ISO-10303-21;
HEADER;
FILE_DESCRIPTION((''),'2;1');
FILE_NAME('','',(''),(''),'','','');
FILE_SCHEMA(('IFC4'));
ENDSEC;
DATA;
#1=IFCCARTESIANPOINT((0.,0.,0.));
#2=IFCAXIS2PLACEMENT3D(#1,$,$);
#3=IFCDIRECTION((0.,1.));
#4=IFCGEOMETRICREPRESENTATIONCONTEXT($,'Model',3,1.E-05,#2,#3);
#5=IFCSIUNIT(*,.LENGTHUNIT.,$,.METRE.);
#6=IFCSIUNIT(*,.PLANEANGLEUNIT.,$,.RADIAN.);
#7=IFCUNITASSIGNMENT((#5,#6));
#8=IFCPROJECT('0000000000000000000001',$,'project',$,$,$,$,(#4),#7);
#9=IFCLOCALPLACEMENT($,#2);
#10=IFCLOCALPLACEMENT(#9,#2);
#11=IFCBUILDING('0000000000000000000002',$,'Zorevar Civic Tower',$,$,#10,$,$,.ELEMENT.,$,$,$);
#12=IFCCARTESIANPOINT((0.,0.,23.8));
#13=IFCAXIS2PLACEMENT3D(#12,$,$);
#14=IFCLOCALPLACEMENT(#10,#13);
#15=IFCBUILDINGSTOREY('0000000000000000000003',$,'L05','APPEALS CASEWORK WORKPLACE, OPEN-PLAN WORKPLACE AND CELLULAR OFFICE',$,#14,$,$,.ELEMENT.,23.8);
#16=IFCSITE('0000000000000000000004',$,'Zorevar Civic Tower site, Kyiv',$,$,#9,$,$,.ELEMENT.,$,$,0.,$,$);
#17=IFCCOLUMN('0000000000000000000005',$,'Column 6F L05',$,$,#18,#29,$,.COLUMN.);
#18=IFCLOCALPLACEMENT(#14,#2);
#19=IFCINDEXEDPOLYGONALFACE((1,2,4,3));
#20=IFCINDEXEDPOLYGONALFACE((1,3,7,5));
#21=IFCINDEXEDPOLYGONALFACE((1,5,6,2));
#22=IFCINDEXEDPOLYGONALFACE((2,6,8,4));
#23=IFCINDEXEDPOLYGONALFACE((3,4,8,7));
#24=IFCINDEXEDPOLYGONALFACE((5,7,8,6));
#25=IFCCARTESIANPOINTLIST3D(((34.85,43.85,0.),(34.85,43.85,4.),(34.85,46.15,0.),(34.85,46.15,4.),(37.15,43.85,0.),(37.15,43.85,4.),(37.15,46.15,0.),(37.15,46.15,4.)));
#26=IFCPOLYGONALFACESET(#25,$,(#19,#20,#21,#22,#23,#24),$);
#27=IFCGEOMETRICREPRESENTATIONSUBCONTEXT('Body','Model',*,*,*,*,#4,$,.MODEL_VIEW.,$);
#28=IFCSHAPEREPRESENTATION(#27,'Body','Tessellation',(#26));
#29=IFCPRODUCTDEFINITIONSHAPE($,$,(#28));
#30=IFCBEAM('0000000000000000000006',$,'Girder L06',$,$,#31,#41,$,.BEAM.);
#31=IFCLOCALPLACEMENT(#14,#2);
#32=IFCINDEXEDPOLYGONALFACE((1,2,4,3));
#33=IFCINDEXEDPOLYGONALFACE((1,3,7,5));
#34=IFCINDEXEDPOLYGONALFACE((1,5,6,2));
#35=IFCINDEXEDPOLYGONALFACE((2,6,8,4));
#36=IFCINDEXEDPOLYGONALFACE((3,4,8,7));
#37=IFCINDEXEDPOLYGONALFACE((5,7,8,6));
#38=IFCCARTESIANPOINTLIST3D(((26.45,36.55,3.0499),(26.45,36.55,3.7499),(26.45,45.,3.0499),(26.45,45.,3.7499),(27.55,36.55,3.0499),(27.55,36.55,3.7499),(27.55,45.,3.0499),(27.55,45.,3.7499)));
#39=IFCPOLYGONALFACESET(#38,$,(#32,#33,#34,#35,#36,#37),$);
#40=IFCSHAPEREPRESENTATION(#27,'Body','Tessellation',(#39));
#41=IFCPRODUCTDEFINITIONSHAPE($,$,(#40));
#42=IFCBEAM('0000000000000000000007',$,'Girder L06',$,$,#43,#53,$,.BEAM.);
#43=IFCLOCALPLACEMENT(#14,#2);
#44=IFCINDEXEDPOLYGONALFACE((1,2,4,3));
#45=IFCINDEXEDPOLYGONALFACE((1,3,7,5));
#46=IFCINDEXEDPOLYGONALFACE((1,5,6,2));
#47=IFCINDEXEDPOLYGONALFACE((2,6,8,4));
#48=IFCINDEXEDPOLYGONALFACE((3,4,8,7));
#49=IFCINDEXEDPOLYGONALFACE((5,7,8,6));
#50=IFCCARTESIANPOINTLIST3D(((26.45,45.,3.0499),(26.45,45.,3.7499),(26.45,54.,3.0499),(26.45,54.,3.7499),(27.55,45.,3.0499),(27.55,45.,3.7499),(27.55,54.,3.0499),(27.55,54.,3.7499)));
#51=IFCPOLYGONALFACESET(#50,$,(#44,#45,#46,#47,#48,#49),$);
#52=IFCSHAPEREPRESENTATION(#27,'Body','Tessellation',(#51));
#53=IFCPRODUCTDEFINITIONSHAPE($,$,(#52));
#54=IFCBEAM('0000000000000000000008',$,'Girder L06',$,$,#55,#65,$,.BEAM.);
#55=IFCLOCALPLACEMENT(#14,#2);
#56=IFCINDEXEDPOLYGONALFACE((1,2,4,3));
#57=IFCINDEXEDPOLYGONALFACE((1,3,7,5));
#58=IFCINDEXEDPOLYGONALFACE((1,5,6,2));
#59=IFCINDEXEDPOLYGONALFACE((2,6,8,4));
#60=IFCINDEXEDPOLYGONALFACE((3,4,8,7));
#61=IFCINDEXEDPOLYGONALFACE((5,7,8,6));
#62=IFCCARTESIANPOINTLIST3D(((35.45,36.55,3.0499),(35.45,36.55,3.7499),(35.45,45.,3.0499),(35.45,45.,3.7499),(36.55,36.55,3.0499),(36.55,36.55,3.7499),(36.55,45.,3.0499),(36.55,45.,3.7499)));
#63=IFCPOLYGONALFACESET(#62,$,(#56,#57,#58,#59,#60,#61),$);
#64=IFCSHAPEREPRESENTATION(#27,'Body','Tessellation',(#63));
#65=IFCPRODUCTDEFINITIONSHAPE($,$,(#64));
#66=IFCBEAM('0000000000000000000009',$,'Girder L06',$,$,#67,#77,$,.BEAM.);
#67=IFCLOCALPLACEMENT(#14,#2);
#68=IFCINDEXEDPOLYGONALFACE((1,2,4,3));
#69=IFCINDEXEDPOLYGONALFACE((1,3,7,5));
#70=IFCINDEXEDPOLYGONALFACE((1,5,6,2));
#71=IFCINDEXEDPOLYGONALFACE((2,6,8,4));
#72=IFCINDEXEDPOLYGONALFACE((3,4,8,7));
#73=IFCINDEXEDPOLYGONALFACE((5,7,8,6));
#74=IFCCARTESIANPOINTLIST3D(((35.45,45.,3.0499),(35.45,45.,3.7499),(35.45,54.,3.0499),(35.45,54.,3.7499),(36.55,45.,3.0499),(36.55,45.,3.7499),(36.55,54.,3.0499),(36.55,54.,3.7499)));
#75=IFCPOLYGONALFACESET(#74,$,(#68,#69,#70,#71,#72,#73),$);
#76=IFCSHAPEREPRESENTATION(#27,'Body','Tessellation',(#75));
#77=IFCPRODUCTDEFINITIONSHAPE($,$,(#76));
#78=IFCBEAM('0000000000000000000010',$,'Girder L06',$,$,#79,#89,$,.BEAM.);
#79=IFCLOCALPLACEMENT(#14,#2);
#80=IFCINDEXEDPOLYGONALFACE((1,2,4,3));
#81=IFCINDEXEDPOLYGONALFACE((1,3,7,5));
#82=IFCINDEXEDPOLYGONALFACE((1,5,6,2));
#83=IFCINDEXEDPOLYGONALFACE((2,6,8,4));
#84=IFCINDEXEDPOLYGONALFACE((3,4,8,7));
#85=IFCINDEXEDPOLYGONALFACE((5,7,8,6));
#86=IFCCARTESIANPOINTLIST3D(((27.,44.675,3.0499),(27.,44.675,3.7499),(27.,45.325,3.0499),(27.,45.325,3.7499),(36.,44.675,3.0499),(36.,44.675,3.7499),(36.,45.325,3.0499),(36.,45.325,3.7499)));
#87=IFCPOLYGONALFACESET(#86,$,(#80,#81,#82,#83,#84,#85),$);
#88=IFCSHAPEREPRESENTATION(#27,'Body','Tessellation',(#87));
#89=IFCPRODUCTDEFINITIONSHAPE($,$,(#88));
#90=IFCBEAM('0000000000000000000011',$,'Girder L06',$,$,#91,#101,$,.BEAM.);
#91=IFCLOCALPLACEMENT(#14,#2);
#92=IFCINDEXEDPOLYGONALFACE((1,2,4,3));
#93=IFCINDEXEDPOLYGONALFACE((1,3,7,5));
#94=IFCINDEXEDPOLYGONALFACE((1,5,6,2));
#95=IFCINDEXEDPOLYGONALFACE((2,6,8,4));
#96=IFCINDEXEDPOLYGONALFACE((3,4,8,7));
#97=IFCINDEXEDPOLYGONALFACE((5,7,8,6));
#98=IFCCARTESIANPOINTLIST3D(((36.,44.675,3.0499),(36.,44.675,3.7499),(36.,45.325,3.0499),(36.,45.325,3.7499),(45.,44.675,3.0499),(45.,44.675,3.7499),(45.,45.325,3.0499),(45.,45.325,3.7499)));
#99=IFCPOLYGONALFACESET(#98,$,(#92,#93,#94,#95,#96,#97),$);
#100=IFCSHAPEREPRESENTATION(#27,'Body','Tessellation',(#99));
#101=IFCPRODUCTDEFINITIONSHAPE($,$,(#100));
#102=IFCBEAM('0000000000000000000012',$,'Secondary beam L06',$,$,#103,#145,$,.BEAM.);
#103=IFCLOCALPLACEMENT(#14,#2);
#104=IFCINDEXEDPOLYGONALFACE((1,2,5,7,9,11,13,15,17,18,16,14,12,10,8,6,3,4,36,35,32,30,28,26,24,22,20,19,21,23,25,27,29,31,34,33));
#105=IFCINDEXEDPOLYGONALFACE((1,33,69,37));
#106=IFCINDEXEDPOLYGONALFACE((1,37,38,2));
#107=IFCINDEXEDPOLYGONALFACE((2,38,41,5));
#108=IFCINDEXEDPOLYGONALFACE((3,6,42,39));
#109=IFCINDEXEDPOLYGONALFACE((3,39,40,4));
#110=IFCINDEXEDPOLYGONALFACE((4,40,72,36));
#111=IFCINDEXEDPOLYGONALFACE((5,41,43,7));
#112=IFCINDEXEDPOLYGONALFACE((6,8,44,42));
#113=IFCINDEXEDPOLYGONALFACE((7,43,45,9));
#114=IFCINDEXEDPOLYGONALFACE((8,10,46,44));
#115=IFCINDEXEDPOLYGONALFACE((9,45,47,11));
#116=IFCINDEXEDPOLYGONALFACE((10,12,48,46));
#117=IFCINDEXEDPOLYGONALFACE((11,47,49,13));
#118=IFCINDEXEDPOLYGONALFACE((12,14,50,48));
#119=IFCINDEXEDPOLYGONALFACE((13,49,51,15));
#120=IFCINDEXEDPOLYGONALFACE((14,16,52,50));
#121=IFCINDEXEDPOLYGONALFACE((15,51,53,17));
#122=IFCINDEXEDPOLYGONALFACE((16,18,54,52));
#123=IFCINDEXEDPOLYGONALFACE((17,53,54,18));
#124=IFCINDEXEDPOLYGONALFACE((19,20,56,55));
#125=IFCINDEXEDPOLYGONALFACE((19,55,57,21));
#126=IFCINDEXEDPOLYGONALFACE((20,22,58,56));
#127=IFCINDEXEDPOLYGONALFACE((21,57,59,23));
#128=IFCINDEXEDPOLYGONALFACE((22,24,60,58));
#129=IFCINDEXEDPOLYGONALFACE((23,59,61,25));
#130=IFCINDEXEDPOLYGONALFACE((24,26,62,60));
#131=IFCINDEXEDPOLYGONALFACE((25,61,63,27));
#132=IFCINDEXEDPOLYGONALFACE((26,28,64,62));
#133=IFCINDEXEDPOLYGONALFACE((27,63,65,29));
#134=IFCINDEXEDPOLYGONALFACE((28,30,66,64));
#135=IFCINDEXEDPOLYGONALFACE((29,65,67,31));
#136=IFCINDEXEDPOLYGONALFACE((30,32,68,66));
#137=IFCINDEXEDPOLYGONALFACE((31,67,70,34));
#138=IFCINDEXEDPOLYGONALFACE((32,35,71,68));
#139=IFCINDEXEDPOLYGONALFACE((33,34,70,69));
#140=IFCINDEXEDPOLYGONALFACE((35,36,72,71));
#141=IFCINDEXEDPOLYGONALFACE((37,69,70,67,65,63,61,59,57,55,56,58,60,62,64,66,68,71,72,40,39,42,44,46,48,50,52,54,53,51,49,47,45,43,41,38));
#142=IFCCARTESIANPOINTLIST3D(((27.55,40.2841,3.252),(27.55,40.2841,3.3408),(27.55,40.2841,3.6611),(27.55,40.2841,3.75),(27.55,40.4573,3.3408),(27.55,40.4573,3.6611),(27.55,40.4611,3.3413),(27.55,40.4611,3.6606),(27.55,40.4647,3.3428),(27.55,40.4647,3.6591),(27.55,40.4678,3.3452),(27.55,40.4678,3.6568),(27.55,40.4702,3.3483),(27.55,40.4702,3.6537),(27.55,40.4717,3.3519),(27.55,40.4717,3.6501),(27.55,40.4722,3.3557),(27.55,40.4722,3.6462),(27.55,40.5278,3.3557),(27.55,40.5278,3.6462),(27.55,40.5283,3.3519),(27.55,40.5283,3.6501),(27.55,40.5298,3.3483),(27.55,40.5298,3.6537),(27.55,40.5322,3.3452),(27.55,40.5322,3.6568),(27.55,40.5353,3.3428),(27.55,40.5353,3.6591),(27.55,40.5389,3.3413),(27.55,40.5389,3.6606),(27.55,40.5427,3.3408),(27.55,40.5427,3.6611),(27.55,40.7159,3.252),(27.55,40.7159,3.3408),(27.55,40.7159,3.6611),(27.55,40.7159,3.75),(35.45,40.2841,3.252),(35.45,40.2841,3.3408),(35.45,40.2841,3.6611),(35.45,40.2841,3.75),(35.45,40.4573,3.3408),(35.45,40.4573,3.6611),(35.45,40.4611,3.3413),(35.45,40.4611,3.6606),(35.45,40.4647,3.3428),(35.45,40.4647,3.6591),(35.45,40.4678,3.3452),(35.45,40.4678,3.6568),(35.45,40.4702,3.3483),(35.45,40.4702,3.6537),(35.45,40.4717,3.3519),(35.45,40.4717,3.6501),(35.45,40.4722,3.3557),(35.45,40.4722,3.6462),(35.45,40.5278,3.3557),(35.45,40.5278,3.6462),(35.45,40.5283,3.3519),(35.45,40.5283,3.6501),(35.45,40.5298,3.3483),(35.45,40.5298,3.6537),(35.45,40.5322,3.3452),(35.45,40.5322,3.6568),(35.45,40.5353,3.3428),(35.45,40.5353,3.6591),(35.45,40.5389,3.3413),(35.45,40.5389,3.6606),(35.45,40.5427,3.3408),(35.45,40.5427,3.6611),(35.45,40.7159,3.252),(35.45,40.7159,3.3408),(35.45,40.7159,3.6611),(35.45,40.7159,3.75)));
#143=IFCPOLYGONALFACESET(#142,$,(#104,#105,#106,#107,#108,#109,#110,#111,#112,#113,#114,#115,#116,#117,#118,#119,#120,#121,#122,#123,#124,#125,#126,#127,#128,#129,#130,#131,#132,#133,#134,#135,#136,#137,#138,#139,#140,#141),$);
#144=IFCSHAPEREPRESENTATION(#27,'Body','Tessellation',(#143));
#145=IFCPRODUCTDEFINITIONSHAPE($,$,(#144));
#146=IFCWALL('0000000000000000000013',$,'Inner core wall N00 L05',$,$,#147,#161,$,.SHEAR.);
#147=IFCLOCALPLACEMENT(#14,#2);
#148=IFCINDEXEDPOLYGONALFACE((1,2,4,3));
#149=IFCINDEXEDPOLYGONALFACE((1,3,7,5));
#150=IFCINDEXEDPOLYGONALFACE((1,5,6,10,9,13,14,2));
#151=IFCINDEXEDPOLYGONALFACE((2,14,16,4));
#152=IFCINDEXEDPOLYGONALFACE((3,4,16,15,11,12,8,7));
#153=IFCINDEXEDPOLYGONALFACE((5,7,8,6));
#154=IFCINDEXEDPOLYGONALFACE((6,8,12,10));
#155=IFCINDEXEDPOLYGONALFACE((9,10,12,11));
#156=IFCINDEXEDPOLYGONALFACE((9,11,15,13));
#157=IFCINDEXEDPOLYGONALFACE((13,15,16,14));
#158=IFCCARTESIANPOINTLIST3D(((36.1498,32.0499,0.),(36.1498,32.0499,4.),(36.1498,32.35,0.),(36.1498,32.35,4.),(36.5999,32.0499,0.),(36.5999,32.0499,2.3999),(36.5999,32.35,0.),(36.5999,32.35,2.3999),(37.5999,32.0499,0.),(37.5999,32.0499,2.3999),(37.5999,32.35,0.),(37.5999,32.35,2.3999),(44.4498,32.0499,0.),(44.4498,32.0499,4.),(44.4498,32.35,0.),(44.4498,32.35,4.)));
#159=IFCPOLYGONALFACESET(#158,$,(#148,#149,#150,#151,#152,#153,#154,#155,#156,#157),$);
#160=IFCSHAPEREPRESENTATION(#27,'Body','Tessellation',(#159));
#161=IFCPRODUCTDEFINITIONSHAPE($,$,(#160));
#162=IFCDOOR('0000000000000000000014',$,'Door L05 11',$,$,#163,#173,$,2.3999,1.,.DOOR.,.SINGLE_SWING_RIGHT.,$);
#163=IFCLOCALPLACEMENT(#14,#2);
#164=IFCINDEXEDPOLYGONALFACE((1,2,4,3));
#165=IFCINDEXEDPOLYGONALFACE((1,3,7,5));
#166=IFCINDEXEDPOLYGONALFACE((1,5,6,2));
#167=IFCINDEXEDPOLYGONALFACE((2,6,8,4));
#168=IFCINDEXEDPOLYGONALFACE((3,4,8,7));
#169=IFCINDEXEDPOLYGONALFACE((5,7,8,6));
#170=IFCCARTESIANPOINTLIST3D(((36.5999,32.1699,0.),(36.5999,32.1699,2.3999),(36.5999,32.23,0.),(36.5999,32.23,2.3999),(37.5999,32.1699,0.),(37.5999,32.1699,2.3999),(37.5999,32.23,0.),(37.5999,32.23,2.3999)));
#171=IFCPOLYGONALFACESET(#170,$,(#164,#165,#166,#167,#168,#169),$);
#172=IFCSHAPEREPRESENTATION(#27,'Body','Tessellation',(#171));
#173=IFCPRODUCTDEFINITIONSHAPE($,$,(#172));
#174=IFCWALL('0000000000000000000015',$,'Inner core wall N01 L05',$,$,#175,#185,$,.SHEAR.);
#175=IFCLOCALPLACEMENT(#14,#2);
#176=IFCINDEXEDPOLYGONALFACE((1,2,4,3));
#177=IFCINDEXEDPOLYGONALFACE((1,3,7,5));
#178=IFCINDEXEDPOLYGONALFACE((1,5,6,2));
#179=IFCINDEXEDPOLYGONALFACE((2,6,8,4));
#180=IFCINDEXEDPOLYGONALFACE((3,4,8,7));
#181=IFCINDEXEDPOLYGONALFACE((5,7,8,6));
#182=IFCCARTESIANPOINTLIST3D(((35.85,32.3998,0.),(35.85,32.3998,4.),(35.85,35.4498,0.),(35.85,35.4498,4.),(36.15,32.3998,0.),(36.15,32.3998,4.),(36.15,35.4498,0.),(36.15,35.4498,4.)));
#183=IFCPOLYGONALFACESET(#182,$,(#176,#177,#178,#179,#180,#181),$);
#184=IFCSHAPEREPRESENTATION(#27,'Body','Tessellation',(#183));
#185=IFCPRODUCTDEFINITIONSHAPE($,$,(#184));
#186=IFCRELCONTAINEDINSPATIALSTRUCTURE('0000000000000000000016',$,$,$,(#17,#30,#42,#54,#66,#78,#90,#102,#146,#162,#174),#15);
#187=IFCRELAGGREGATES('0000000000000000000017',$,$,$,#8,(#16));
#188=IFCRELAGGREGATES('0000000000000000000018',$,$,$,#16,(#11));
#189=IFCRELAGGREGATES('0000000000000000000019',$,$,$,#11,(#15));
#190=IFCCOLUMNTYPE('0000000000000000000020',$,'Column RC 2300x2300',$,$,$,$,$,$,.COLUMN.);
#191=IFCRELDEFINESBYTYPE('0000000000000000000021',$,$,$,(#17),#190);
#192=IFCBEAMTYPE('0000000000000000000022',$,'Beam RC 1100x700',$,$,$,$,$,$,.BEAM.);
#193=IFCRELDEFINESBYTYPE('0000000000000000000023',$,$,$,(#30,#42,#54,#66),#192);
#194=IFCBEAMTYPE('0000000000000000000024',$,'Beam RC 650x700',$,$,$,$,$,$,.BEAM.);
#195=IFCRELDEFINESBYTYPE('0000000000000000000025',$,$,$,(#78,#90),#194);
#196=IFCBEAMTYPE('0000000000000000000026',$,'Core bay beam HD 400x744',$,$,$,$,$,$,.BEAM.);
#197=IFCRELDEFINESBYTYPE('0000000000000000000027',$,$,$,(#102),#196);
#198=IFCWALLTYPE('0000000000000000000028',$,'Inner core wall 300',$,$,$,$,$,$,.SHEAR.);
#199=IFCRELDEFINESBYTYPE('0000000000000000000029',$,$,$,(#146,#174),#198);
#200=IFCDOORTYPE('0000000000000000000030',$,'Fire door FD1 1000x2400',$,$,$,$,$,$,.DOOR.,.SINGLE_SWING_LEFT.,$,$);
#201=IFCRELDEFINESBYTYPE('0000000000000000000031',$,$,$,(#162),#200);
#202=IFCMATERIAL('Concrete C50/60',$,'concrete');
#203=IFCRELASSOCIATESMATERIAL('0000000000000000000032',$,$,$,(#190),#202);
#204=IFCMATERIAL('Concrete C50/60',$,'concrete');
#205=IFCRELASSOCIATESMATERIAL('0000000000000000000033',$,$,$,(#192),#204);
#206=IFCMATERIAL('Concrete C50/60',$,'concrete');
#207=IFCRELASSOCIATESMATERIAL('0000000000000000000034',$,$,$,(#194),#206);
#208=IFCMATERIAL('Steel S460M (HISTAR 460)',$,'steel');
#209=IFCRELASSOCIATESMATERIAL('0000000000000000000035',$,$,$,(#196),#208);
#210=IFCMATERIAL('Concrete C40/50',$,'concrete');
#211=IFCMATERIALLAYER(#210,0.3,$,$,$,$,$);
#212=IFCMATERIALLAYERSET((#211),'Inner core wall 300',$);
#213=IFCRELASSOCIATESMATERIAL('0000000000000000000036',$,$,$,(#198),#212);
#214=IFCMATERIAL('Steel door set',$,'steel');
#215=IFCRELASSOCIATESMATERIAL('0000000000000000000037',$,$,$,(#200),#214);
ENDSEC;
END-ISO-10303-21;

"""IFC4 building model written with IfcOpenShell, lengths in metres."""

from ifc_helpers import new_model, si_unit, direction, frame, frame_2d, origin, origin_2d, place, context, subcontext, project, spatial, rectangle, i_section, extrude, material, layer, layer_set, material_profile, profile_set, type_object, element, fill, save


model = new_model("IFC4")

# Units and contexts
model_context = context("Model", 3, precision=1e-05, world=origin(), true_north=direction((0.0, 1.0)))
body_context = subcontext(model_context, "Body", "Model", "MODEL_VIEW")
ifc_project = project(units=[si_unit("LENGTHUNIT", "METRE"), si_unit("PLANEANGLEUNIT", "RADIAN")], contexts=[model_context])

# Site, building, storey
site_placement = place(None, origin())
site = spatial("IfcSite", under=ifc_project, at=site_placement, Name="Zorevar Civic Tower site, Kyiv", CompositionType="ELEMENT", RefElevation=0.0)
building_placement = place(site_placement, origin())
building = spatial("IfcBuilding", under=site, at=building_placement, Name="Zorevar Civic Tower", CompositionType="ELEMENT")
storey_placement = place(building_placement, frame((0.0, 0.0, 23.8)))
storey = spatial("IfcBuildingStorey", under=building, at=storey_placement, Name="L05", Description="APPEALS CASEWORK WORKPLACE, OPEN-PLAN WORKPLACE AND CELLULAR OFFICE", CompositionType="ELEMENT", Elevation=23.8)

# Column
ifc_material_1 = material(Name="Concrete C50/60", Category="concrete")
ifc_material_profile_1 = material_profile(ifc_material_1, rectangle(XDim=2.3, YDim=2.3, at=origin_2d()), Name="RC 2300x2300")
ifc_profile_set_1 = profile_set([ifc_material_profile_1], Name="Concrete C50/60")
column_type = type_object("IfcColumnType", Name="Column RC 2300x2300", PredefinedType="COLUMN", material=ifc_profile_set_1)
column_placement = place(storey_placement, frame((36.0, 45.0, 0.0), z_axis=(0.0, 0.0, 1.0), x_axis=(1.0, 0.0, 0.0)))
element("IfcColumn", 1, at=column_placement, inside=storey, type_object=column_type, Name="Column 6F L05", PredefinedType="COLUMN", context=body_context, shape_type="SweptSolid", body=[
    extrude(rectangle(XDim=2.3, YDim=2.3, at=origin_2d()), origin(), (0.0, 0.0, 1.0), 4.0),
])

# Beams
ifc_material_2 = material(Name="Concrete C50/60", Category="concrete")
ifc_material_profile_2 = material_profile(ifc_material_2, rectangle(XDim=1.1001, YDim=0.7, at=origin_2d()), Name="RC 1100x700")
ifc_profile_set_2 = profile_set([ifc_material_profile_2], Name="Concrete C50/60")
beam_type_1 = type_object("IfcBeamType", Name="Beam RC 1100x700", PredefinedType="BEAM", material=ifc_profile_set_2)
beam_1_placement = place(storey_placement, frame((27.0, 36.55, 3.3999), z_axis=(0.0, 1.0, 0.0), x_axis=(-1.0, 0.0, 0.0)))
element("IfcBeam", 2, at=beam_1_placement, inside=storey, type_object=beam_type_1, Name="Girder L06", PredefinedType="BEAM", context=body_context, shape_type="SweptSolid", body=[
    extrude(rectangle(XDim=1.1001, YDim=0.7, at=origin_2d()), origin(), (0.0, 0.0, 1.0), 8.45),
])
beam_2_placement = place(storey_placement, frame((27.0, 45.0, 3.3999), z_axis=(0.0, 1.0, 0.0), x_axis=(-1.0, 0.0, 0.0)))
element("IfcBeam", 3, at=beam_2_placement, inside=storey, type_object=beam_type_1, Name="Girder L06", PredefinedType="BEAM", context=body_context, shape_type="SweptSolid", body=[
    extrude(rectangle(XDim=1.1001, YDim=0.7, at=origin_2d()), origin(), (0.0, 0.0, 1.0), 9.0),
])
beam_3_placement = place(storey_placement, frame((36.0, 36.55, 3.3999), z_axis=(0.0, 1.0, 0.0), x_axis=(-1.0, 0.0, 0.0)))
element("IfcBeam", 4, at=beam_3_placement, inside=storey, type_object=beam_type_1, Name="Girder L06", PredefinedType="BEAM", context=body_context, shape_type="SweptSolid", body=[
    extrude(rectangle(XDim=1.1001, YDim=0.7, at=origin_2d()), origin(), (0.0, 0.0, 1.0), 8.45),
])
beam_4_placement = place(storey_placement, frame((36.0, 45.0, 3.3999), z_axis=(0.0, 1.0, 0.0), x_axis=(-1.0, 0.0, 0.0)))
element("IfcBeam", 5, at=beam_4_placement, inside=storey, type_object=beam_type_1, Name="Girder L06", PredefinedType="BEAM", context=body_context, shape_type="SweptSolid", body=[
    extrude(rectangle(XDim=1.1001, YDim=0.7, at=origin_2d()), origin(), (0.0, 0.0, 1.0), 9.0),
])
ifc_material_3 = material(Name="Concrete C50/60", Category="concrete")
ifc_material_profile_3 = material_profile(ifc_material_3, rectangle(XDim=0.6499, YDim=0.7, at=origin_2d()), Name="RC 650x700")
ifc_profile_set_3 = profile_set([ifc_material_profile_3], Name="Concrete C50/60")
beam_type_2 = type_object("IfcBeamType", Name="Beam RC 650x700", PredefinedType="BEAM", material=ifc_profile_set_3)
for number, where, z_axis, x_axis, name in (
    (6, (27.0, 45.0, 3.3999), (1.0, 0.0, 0.0), (0.0, 1.0, 0.0), "Girder L06"),
    (7, (36.0, 45.0, 3.3999), (1.0, 0.0, 0.0), (0.0, 1.0, 0.0), "Girder L06"),
):
    element("IfcBeam", number, at=place(storey_placement, frame(where, z_axis=z_axis, x_axis=x_axis)), inside=storey, type_object=beam_type_2, Name=name, PredefinedType="BEAM", context=body_context, shape_type="SweptSolid", body=[
        extrude(rectangle(XDim=0.6499, YDim=0.7, at=origin_2d()), origin(), (0.0, 0.0, 1.0), 9.0),
    ])
ifc_material_4 = material(Name="Steel S460M (HISTAR 460)", Category="steel")
ifc_material_profile_4 = material_profile(ifc_material_4, i_section(OverallWidth=0.4319, OverallDepth=0.498, WebThickness=0.0557, FlangeThickness=0.0889, FilletRadius=0.0149, at=origin_2d()), Name="HD 400x744")
ifc_profile_set_4 = profile_set([ifc_material_profile_4], Name="Steel S460M (HISTAR 460)")
beam_type_3 = type_object("IfcBeamType", Name="Core bay beam HD 400x744", PredefinedType="BEAM", material=ifc_profile_set_4)
beam_5_placement = place(storey_placement, frame((27.55, 40.5, 3.501), z_axis=(1.0, 0.0, 0.0), x_axis=(0.0, 1.0, 0.0)))
element("IfcBeam", 8, at=beam_5_placement, inside=storey, type_object=beam_type_3, Name="Secondary beam L06", PredefinedType="BEAM", context=body_context, shape_type="SweptSolid", body=[
    extrude(i_section(OverallWidth=0.4319, OverallDepth=0.498, WebThickness=0.0557, FlangeThickness=0.0889, FilletRadius=0.0149, at=origin_2d()), origin(), (0.0, 0.0, 1.0), 7.8999),
])

# Wall, opening, door
ifc_material_5 = material(Name="Concrete C40/50", Category="concrete")
ifc_layer_1 = layer(ifc_material_5, 0.3)
ifc_layer_set_1 = layer_set([ifc_layer_1], Name="Inner core wall 300")
wall_type_1 = type_object("IfcWallType", Name="Inner core wall 300", PredefinedType="SHEAR", material=ifc_layer_set_1)
wall_1_placement = place(storey_placement, frame((36.1499, 32.2, 0.0), z_axis=(0.0, 0.0, 1.0), x_axis=(1.0, 0.0, 0.0)))
wall_1 = element("IfcWall", 9, at=wall_1_placement, inside=storey, type_object=wall_type_1, Name="Inner core wall N00 L05", PredefinedType="SHEAR", context=body_context, shape_type="SweptSolid", body=[
    extrude(rectangle(XDim=8.3, YDim=0.3, at=frame_2d((4.1499, 0.0))), origin(), (0.0, 0.0, 1.0), 4.0),
])
opening_placement = place(wall_1_placement, frame((0.45, 0.0, 0.0)))
opening = element("IfcOpeningElement", 10, at=opening_placement, cuts=wall_1, PredefinedType="OPENING", context=body_context, shape_type="SweptSolid", body=[
    extrude(rectangle(XDim=1.0, YDim=2.3999, at=frame_2d((0.5, 1.2))), frame((0.0, 0.1599, 0.0), z_axis=(0.0, -1.0, 0.0), x_axis=(1.0, 0.0, 0.0)), (0.0, 0.0, 1.0), 0.3201),
])
ifc_material_6 = material(Name="Steel door set", Category="steel")
door_type = type_object("IfcDoorType", Name="Fire door FD1 1000x2400", OperationType="SINGLE_SWING_LEFT", PredefinedType="DOOR", material=ifc_material_6)
door_placement = place(opening_placement, origin())
door = element("IfcDoor", 11, at=door_placement, inside=storey, type_object=door_type, Name="Door L05 11", OperationType="SINGLE_SWING_RIGHT", OverallHeight=2.3999, OverallWidth=1.0, PredefinedType="DOOR", context=body_context, shape_type="SweptSolid", body=[
    extrude(rectangle(XDim=1.0, YDim=2.3999, at=frame_2d((0.5, 1.2))), frame((0.0, 0.03, 0.0), z_axis=(0.0, -1.0, 0.0), x_axis=(1.0, 0.0, 0.0)), (0.0, 0.0, 1.0), 0.0601),
])
fill(opening, door)

# Wall
wall_2_placement = place(storey_placement, frame((36.0, 32.3999, 0.0), z_axis=(0.0, 0.0, 1.0), x_axis=(0.0, 1.0, 0.0)))
element("IfcWall", 12, at=wall_2_placement, inside=storey, type_object=wall_type_1, Name="Inner core wall N01 L05", PredefinedType="SHEAR", context=body_context, shape_type="SweptSolid", body=[
    extrude(rectangle(XDim=3.05, YDim=0.3, at=frame_2d((1.5249, 0.0))), origin(), (0.0, 0.0, 1.0), 4.0),
])

save(model, "model.ifc")
